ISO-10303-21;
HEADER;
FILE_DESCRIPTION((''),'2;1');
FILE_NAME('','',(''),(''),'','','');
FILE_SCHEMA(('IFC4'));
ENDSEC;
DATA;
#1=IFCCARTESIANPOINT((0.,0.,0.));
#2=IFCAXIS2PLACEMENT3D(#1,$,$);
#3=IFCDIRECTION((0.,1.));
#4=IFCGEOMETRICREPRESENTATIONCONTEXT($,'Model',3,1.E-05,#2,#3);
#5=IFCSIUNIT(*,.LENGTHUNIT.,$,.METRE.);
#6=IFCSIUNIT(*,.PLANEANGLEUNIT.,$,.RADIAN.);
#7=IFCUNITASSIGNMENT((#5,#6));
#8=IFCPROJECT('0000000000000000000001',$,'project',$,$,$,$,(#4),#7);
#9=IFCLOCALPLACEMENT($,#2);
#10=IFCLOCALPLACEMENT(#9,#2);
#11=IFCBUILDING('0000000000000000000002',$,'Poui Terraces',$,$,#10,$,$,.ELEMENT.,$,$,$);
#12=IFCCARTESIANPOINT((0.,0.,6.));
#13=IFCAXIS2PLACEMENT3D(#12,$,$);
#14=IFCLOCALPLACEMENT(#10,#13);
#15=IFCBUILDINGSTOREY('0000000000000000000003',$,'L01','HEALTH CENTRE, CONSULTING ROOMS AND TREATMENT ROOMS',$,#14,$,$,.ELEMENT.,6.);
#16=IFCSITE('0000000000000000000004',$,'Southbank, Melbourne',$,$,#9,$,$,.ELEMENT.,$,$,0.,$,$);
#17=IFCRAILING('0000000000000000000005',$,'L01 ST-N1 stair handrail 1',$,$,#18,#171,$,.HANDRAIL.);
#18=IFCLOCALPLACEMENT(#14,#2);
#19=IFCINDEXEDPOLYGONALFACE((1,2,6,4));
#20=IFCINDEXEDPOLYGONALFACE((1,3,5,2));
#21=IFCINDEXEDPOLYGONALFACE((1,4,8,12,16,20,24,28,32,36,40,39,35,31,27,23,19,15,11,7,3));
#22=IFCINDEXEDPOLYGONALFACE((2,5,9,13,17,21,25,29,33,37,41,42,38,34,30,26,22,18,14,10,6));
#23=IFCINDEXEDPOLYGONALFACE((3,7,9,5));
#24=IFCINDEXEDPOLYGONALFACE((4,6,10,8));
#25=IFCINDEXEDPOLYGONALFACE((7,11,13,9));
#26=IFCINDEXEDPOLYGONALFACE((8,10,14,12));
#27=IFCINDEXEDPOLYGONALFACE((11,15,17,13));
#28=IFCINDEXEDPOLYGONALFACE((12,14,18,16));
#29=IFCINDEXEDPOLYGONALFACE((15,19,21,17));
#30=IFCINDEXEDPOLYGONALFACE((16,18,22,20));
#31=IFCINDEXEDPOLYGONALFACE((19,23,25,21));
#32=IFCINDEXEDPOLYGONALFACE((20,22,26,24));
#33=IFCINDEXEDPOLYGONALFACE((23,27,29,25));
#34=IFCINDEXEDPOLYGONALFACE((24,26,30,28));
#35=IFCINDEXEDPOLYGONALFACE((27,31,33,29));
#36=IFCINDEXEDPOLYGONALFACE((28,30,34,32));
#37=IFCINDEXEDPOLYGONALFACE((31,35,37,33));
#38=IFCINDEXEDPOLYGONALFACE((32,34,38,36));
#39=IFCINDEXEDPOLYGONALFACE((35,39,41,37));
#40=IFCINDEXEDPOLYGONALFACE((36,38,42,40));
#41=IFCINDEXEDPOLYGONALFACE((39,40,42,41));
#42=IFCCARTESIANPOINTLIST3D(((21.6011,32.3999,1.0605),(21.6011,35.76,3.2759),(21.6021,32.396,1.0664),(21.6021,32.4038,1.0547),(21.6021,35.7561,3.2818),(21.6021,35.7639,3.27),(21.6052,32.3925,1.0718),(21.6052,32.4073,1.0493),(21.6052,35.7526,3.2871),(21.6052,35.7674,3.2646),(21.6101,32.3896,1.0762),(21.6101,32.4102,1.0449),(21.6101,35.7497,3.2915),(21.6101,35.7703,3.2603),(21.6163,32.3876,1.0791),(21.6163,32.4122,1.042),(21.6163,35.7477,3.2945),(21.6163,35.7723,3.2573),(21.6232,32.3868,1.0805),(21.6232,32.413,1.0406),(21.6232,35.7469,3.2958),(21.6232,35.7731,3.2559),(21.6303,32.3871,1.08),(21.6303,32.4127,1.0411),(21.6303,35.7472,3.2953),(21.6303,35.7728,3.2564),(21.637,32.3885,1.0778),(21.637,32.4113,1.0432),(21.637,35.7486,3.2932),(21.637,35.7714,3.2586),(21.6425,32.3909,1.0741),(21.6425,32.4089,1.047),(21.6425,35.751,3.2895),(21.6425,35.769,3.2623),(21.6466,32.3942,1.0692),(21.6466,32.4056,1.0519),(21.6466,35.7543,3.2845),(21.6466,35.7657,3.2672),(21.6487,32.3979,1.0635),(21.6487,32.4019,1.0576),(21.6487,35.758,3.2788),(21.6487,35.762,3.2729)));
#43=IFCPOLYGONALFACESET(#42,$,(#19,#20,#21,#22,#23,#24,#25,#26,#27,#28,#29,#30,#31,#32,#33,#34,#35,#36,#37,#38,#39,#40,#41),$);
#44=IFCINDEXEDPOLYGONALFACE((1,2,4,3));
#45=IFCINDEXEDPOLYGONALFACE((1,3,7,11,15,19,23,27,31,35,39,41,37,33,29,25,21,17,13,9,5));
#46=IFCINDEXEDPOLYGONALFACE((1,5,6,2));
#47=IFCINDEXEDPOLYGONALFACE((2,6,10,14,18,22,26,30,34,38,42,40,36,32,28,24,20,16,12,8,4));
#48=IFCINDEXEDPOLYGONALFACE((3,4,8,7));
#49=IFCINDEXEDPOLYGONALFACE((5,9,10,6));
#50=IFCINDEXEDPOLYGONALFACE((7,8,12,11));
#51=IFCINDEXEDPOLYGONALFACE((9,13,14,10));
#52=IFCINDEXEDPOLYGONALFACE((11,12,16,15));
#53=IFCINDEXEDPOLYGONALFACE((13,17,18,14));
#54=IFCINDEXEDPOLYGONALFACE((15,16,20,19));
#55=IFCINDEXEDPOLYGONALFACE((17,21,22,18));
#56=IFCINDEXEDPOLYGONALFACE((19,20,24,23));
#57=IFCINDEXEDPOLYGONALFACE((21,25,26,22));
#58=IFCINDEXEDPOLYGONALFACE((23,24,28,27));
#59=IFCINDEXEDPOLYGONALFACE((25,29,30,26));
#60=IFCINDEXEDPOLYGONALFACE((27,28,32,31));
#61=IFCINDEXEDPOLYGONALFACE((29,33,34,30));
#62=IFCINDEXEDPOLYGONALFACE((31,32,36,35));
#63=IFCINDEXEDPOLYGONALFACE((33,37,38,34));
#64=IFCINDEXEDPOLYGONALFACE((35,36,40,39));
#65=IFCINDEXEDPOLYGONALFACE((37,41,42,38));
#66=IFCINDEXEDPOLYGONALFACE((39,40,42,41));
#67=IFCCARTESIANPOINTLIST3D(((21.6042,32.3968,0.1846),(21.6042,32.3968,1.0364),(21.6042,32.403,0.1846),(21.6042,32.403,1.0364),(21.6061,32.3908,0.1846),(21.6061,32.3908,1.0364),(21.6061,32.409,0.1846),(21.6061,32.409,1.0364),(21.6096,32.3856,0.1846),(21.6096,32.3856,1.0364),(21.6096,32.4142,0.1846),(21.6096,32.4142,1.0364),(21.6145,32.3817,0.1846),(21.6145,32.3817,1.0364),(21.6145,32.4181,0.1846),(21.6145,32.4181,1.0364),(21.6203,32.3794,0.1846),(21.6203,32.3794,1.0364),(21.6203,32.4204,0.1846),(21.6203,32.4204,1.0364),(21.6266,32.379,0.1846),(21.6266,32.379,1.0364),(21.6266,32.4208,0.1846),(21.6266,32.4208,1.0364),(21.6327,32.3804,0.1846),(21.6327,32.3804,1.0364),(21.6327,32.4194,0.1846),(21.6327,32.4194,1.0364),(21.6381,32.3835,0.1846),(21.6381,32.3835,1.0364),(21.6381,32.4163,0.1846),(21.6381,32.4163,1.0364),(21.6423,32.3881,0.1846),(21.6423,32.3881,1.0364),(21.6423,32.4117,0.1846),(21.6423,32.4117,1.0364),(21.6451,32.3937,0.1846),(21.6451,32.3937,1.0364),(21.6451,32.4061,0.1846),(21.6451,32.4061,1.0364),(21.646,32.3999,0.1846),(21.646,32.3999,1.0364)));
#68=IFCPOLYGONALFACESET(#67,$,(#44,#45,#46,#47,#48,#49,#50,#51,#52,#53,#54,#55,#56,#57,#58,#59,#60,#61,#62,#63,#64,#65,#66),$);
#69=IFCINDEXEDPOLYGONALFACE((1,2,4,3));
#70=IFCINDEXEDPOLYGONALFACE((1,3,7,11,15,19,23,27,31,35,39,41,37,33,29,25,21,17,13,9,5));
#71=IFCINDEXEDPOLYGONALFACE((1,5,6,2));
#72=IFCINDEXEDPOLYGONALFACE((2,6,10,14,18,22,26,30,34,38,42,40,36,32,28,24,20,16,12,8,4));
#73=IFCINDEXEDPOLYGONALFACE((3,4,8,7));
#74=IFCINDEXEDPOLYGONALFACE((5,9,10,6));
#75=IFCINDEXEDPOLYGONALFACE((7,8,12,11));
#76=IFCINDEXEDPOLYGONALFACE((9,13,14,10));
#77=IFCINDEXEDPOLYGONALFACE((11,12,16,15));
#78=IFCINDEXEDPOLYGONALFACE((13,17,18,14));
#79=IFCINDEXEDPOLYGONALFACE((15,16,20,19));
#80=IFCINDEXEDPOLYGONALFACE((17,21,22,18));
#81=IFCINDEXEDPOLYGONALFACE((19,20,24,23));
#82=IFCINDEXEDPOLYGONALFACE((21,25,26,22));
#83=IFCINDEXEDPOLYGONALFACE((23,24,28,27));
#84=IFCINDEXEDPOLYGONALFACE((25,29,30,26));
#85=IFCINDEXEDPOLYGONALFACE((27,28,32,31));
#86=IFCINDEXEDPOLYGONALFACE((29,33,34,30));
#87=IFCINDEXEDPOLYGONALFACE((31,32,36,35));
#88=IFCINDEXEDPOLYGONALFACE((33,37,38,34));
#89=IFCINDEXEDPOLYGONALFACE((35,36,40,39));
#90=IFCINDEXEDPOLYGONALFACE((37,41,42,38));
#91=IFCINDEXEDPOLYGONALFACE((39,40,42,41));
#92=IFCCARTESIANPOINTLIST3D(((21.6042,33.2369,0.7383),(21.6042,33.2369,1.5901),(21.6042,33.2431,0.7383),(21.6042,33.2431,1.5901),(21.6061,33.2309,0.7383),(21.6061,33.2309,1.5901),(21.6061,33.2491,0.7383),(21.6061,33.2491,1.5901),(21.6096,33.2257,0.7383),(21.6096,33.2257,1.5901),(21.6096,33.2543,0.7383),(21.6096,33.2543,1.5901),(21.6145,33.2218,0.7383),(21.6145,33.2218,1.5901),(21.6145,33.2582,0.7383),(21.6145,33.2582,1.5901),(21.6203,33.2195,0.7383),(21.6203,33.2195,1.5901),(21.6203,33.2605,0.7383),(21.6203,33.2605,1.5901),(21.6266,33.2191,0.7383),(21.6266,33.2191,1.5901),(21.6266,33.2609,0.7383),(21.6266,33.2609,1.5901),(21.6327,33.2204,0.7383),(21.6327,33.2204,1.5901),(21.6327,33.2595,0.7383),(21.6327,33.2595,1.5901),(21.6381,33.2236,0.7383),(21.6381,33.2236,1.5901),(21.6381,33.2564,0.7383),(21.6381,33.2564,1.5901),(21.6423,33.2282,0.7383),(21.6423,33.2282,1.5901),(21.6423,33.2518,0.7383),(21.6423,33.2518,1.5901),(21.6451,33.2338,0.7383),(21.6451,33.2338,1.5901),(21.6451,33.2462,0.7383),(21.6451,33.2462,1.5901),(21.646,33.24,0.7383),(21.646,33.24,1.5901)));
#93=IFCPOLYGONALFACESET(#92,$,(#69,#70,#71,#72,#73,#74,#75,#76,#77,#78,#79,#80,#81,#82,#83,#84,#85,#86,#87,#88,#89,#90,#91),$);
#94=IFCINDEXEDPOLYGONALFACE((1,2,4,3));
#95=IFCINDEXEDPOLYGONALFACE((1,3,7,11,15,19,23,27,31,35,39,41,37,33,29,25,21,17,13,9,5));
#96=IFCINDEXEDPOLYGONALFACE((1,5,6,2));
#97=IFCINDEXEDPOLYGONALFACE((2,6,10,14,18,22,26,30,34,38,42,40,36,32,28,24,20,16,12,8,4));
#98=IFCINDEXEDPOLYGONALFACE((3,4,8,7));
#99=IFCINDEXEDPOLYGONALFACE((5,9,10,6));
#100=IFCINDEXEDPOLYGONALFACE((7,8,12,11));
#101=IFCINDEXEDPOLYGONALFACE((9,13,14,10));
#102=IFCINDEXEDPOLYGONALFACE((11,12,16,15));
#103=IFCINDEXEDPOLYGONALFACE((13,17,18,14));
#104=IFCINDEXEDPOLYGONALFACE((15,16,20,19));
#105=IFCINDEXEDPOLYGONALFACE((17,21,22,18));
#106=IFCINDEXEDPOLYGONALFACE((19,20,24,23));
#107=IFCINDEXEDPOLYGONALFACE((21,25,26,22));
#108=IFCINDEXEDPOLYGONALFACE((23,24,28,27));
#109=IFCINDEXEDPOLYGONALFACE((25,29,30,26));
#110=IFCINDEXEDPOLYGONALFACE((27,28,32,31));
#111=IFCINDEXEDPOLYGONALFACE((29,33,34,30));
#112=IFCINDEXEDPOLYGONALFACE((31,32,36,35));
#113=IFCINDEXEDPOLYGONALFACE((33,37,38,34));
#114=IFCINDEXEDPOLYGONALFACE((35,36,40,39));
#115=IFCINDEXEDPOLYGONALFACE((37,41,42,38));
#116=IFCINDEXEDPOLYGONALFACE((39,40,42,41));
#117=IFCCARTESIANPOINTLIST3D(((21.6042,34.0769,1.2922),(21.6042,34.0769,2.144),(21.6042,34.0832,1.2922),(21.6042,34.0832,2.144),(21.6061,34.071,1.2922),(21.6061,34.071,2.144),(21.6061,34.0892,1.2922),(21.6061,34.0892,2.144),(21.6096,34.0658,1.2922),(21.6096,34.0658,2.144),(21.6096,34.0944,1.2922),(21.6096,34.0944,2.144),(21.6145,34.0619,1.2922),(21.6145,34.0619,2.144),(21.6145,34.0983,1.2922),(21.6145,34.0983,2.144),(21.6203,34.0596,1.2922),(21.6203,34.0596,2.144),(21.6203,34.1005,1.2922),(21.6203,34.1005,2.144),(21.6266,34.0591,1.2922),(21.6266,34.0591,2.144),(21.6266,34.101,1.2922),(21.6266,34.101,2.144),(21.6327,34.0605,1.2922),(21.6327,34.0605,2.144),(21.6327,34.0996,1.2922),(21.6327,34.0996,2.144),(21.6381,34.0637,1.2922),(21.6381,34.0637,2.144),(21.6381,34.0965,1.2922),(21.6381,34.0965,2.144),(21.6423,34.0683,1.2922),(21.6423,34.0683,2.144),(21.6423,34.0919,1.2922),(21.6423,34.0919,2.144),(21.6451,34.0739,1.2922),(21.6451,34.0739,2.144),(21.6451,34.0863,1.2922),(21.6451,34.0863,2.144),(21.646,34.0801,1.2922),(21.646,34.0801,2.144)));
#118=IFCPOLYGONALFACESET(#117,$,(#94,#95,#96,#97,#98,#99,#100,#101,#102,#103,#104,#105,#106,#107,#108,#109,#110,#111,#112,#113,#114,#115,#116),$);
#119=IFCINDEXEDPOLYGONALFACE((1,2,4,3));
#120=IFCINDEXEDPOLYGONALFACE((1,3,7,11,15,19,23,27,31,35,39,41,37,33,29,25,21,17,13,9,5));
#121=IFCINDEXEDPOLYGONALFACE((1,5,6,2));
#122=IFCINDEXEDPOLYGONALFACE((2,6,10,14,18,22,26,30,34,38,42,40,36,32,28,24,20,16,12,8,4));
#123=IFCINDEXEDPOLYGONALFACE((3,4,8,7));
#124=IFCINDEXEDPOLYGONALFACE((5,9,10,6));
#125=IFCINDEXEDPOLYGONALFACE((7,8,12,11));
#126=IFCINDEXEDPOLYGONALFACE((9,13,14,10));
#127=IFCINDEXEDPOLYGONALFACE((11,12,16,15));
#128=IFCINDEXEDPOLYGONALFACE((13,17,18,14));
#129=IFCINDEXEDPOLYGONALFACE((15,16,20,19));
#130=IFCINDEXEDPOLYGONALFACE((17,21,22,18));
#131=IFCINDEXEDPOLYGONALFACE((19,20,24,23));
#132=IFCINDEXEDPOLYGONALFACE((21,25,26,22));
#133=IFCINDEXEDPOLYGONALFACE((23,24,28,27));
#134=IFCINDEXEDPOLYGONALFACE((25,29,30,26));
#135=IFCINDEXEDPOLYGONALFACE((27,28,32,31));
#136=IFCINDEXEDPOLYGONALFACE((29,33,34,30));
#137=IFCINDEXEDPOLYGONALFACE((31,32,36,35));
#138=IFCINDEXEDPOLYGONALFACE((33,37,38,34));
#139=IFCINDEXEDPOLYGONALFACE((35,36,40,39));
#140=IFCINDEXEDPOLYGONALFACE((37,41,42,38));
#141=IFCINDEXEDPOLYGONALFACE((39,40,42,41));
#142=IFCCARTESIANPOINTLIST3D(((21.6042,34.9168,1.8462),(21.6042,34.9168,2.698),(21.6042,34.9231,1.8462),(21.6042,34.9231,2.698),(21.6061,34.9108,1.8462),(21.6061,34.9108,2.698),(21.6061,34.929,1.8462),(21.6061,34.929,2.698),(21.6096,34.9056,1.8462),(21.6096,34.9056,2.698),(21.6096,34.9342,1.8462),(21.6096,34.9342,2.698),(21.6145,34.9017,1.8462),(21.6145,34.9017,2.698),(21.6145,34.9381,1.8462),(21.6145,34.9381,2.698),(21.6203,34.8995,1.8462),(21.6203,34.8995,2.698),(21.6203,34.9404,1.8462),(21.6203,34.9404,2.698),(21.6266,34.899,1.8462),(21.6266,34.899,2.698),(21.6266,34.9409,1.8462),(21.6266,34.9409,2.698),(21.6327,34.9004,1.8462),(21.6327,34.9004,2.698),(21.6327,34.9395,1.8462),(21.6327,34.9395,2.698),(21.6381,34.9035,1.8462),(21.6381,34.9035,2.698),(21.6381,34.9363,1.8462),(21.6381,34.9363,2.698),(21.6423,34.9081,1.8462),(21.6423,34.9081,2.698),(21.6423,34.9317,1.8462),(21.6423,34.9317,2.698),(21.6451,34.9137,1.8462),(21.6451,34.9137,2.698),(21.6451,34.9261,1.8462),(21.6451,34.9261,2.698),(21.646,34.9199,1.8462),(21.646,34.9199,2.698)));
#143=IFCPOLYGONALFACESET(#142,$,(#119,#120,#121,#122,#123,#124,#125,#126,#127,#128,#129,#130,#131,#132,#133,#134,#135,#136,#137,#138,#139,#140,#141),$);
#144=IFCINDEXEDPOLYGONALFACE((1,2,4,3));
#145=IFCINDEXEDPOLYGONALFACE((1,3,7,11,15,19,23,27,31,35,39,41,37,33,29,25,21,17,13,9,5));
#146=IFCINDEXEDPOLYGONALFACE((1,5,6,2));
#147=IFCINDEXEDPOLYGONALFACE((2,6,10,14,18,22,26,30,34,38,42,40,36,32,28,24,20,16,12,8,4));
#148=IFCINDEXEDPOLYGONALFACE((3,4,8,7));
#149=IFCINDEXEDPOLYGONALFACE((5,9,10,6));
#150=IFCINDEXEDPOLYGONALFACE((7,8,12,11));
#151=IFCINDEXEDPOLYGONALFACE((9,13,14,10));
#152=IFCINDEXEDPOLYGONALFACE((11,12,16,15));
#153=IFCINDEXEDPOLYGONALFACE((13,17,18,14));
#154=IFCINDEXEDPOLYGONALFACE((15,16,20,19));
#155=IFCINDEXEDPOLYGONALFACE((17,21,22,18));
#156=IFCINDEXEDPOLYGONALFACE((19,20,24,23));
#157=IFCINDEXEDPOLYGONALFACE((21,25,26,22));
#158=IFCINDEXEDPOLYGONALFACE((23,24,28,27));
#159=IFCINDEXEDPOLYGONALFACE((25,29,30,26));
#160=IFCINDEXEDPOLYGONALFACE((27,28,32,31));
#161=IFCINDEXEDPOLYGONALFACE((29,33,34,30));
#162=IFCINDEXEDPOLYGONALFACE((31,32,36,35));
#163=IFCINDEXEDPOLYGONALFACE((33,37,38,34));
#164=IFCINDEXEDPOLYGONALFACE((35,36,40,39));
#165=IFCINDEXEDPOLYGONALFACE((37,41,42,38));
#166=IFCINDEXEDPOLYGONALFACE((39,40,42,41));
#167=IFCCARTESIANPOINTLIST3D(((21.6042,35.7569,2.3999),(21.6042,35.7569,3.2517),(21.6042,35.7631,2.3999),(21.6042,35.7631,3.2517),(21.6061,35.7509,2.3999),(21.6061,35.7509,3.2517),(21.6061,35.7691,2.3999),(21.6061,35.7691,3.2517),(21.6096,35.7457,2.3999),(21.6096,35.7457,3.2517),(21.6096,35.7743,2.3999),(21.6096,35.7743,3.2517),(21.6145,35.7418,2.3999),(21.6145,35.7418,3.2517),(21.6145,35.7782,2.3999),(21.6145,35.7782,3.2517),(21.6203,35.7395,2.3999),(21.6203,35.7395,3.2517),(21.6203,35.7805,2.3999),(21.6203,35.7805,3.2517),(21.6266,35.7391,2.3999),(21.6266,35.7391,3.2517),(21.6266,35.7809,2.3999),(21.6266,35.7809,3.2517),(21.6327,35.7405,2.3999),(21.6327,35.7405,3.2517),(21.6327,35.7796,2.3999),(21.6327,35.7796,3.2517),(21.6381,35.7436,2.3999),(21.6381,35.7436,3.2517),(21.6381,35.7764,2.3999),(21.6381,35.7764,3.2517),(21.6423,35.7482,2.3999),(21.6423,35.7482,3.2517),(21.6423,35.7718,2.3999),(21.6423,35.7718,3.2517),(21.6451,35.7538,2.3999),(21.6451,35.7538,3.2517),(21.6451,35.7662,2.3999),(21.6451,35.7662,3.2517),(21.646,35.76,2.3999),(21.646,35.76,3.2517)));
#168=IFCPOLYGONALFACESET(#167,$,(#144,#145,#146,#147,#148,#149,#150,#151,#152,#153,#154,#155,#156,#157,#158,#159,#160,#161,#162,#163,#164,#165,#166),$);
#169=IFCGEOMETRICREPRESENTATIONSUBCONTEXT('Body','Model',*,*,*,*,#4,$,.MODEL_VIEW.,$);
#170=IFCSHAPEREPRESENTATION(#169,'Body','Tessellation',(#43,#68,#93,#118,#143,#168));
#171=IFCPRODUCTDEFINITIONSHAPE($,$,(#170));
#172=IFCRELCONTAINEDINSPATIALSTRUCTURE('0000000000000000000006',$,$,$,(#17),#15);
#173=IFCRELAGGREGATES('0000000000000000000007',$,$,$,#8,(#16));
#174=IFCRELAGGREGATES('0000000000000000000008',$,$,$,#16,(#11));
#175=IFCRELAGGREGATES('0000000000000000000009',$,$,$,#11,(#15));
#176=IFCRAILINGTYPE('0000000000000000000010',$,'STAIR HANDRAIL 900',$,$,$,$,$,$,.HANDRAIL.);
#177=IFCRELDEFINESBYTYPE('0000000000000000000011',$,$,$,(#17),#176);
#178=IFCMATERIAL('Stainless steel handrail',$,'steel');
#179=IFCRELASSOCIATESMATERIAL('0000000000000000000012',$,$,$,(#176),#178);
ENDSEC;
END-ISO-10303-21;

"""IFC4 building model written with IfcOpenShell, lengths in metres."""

from ifc_helpers import new_model, si_unit, direction, frame, origin, origin_2d, place, context, subcontext, project, spatial, circle, extrude, material, type_object, element, save


model = new_model("IFC4")

# Units and contexts
model_context = context("Model", 3, precision=1e-05, world=origin(), true_north=direction((0.0, 1.0)))
body_context = subcontext(model_context, "Body", "Model", "MODEL_VIEW")
ifc_project = project(units=[si_unit("LENGTHUNIT", "METRE"), si_unit("PLANEANGLEUNIT", "RADIAN")], contexts=[model_context])

# Site, building, storey
site_placement = place(None, origin())
site = spatial("IfcSite", under=ifc_project, at=site_placement, Name="Southbank, Melbourne", CompositionType="ELEMENT", RefElevation=0.0)
building_placement = place(site_placement, origin())
building = spatial("IfcBuilding", under=site, at=building_placement, Name="Poui Terraces", CompositionType="ELEMENT")
storey_placement = place(building_placement, frame((0.0, 0.0, 6.0)))
storey = spatial("IfcBuildingStorey", under=building, at=storey_placement, Name="L01", Description="HEALTH CENTRE, CONSULTING ROOMS AND TREATMENT ROOMS", CompositionType="ELEMENT", Elevation=6.0)

# Railing
ifc_material_1 = material(Name="Stainless steel handrail", Category="steel")
railing_type_1 = type_object("IfcRailingType", Name="STAIR HANDRAIL 900", PredefinedType="HANDRAIL", material=ifc_material_1)
railing_1_placement = place(storey_placement, frame((21.625, 32.3999, 0.1846)))
element("IfcRailing", 1, at=railing_1_placement, inside=storey, type_object=railing_type_1, Name="L01 ST-N1 stair handrail 1", PredefinedType="HANDRAIL", context=body_context, shape_type="SweptSolid", body=[
    extrude(circle(Radius=0.0239, at=origin_2d()), frame((0.0, 0.0, 0.876), z_axis=(0.0, 0.834876, 0.550437), x_axis=(-1.0, 0.0, 0.0)), (0.0, 0.0, 1.0), 4.0247),
    extrude(circle(Radius=0.021, at=origin_2d()), origin(), (0.0, 0.0, 1.0), 0.8518),
    extrude(circle(Radius=0.021, at=origin_2d()), frame((0.0, 0.8401, 0.5537)), (0.0, 0.0, 1.0), 0.8518),
    extrude(circle(Radius=0.021, at=origin_2d()), frame((0.0, 1.6802, 1.1077)), (0.0, 0.0, 1.0), 0.8518),
    extrude(circle(Radius=0.021, at=origin_2d()), frame((0.0, 2.52, 1.6616)), (0.0, 0.0, 1.0), 0.8518),
    extrude(circle(Radius=0.021, at=origin_2d()), frame((0.0, 3.3601, 2.2153)), (0.0, 0.0, 1.0), 0.8518),
])

save(model, "model.ifc")
